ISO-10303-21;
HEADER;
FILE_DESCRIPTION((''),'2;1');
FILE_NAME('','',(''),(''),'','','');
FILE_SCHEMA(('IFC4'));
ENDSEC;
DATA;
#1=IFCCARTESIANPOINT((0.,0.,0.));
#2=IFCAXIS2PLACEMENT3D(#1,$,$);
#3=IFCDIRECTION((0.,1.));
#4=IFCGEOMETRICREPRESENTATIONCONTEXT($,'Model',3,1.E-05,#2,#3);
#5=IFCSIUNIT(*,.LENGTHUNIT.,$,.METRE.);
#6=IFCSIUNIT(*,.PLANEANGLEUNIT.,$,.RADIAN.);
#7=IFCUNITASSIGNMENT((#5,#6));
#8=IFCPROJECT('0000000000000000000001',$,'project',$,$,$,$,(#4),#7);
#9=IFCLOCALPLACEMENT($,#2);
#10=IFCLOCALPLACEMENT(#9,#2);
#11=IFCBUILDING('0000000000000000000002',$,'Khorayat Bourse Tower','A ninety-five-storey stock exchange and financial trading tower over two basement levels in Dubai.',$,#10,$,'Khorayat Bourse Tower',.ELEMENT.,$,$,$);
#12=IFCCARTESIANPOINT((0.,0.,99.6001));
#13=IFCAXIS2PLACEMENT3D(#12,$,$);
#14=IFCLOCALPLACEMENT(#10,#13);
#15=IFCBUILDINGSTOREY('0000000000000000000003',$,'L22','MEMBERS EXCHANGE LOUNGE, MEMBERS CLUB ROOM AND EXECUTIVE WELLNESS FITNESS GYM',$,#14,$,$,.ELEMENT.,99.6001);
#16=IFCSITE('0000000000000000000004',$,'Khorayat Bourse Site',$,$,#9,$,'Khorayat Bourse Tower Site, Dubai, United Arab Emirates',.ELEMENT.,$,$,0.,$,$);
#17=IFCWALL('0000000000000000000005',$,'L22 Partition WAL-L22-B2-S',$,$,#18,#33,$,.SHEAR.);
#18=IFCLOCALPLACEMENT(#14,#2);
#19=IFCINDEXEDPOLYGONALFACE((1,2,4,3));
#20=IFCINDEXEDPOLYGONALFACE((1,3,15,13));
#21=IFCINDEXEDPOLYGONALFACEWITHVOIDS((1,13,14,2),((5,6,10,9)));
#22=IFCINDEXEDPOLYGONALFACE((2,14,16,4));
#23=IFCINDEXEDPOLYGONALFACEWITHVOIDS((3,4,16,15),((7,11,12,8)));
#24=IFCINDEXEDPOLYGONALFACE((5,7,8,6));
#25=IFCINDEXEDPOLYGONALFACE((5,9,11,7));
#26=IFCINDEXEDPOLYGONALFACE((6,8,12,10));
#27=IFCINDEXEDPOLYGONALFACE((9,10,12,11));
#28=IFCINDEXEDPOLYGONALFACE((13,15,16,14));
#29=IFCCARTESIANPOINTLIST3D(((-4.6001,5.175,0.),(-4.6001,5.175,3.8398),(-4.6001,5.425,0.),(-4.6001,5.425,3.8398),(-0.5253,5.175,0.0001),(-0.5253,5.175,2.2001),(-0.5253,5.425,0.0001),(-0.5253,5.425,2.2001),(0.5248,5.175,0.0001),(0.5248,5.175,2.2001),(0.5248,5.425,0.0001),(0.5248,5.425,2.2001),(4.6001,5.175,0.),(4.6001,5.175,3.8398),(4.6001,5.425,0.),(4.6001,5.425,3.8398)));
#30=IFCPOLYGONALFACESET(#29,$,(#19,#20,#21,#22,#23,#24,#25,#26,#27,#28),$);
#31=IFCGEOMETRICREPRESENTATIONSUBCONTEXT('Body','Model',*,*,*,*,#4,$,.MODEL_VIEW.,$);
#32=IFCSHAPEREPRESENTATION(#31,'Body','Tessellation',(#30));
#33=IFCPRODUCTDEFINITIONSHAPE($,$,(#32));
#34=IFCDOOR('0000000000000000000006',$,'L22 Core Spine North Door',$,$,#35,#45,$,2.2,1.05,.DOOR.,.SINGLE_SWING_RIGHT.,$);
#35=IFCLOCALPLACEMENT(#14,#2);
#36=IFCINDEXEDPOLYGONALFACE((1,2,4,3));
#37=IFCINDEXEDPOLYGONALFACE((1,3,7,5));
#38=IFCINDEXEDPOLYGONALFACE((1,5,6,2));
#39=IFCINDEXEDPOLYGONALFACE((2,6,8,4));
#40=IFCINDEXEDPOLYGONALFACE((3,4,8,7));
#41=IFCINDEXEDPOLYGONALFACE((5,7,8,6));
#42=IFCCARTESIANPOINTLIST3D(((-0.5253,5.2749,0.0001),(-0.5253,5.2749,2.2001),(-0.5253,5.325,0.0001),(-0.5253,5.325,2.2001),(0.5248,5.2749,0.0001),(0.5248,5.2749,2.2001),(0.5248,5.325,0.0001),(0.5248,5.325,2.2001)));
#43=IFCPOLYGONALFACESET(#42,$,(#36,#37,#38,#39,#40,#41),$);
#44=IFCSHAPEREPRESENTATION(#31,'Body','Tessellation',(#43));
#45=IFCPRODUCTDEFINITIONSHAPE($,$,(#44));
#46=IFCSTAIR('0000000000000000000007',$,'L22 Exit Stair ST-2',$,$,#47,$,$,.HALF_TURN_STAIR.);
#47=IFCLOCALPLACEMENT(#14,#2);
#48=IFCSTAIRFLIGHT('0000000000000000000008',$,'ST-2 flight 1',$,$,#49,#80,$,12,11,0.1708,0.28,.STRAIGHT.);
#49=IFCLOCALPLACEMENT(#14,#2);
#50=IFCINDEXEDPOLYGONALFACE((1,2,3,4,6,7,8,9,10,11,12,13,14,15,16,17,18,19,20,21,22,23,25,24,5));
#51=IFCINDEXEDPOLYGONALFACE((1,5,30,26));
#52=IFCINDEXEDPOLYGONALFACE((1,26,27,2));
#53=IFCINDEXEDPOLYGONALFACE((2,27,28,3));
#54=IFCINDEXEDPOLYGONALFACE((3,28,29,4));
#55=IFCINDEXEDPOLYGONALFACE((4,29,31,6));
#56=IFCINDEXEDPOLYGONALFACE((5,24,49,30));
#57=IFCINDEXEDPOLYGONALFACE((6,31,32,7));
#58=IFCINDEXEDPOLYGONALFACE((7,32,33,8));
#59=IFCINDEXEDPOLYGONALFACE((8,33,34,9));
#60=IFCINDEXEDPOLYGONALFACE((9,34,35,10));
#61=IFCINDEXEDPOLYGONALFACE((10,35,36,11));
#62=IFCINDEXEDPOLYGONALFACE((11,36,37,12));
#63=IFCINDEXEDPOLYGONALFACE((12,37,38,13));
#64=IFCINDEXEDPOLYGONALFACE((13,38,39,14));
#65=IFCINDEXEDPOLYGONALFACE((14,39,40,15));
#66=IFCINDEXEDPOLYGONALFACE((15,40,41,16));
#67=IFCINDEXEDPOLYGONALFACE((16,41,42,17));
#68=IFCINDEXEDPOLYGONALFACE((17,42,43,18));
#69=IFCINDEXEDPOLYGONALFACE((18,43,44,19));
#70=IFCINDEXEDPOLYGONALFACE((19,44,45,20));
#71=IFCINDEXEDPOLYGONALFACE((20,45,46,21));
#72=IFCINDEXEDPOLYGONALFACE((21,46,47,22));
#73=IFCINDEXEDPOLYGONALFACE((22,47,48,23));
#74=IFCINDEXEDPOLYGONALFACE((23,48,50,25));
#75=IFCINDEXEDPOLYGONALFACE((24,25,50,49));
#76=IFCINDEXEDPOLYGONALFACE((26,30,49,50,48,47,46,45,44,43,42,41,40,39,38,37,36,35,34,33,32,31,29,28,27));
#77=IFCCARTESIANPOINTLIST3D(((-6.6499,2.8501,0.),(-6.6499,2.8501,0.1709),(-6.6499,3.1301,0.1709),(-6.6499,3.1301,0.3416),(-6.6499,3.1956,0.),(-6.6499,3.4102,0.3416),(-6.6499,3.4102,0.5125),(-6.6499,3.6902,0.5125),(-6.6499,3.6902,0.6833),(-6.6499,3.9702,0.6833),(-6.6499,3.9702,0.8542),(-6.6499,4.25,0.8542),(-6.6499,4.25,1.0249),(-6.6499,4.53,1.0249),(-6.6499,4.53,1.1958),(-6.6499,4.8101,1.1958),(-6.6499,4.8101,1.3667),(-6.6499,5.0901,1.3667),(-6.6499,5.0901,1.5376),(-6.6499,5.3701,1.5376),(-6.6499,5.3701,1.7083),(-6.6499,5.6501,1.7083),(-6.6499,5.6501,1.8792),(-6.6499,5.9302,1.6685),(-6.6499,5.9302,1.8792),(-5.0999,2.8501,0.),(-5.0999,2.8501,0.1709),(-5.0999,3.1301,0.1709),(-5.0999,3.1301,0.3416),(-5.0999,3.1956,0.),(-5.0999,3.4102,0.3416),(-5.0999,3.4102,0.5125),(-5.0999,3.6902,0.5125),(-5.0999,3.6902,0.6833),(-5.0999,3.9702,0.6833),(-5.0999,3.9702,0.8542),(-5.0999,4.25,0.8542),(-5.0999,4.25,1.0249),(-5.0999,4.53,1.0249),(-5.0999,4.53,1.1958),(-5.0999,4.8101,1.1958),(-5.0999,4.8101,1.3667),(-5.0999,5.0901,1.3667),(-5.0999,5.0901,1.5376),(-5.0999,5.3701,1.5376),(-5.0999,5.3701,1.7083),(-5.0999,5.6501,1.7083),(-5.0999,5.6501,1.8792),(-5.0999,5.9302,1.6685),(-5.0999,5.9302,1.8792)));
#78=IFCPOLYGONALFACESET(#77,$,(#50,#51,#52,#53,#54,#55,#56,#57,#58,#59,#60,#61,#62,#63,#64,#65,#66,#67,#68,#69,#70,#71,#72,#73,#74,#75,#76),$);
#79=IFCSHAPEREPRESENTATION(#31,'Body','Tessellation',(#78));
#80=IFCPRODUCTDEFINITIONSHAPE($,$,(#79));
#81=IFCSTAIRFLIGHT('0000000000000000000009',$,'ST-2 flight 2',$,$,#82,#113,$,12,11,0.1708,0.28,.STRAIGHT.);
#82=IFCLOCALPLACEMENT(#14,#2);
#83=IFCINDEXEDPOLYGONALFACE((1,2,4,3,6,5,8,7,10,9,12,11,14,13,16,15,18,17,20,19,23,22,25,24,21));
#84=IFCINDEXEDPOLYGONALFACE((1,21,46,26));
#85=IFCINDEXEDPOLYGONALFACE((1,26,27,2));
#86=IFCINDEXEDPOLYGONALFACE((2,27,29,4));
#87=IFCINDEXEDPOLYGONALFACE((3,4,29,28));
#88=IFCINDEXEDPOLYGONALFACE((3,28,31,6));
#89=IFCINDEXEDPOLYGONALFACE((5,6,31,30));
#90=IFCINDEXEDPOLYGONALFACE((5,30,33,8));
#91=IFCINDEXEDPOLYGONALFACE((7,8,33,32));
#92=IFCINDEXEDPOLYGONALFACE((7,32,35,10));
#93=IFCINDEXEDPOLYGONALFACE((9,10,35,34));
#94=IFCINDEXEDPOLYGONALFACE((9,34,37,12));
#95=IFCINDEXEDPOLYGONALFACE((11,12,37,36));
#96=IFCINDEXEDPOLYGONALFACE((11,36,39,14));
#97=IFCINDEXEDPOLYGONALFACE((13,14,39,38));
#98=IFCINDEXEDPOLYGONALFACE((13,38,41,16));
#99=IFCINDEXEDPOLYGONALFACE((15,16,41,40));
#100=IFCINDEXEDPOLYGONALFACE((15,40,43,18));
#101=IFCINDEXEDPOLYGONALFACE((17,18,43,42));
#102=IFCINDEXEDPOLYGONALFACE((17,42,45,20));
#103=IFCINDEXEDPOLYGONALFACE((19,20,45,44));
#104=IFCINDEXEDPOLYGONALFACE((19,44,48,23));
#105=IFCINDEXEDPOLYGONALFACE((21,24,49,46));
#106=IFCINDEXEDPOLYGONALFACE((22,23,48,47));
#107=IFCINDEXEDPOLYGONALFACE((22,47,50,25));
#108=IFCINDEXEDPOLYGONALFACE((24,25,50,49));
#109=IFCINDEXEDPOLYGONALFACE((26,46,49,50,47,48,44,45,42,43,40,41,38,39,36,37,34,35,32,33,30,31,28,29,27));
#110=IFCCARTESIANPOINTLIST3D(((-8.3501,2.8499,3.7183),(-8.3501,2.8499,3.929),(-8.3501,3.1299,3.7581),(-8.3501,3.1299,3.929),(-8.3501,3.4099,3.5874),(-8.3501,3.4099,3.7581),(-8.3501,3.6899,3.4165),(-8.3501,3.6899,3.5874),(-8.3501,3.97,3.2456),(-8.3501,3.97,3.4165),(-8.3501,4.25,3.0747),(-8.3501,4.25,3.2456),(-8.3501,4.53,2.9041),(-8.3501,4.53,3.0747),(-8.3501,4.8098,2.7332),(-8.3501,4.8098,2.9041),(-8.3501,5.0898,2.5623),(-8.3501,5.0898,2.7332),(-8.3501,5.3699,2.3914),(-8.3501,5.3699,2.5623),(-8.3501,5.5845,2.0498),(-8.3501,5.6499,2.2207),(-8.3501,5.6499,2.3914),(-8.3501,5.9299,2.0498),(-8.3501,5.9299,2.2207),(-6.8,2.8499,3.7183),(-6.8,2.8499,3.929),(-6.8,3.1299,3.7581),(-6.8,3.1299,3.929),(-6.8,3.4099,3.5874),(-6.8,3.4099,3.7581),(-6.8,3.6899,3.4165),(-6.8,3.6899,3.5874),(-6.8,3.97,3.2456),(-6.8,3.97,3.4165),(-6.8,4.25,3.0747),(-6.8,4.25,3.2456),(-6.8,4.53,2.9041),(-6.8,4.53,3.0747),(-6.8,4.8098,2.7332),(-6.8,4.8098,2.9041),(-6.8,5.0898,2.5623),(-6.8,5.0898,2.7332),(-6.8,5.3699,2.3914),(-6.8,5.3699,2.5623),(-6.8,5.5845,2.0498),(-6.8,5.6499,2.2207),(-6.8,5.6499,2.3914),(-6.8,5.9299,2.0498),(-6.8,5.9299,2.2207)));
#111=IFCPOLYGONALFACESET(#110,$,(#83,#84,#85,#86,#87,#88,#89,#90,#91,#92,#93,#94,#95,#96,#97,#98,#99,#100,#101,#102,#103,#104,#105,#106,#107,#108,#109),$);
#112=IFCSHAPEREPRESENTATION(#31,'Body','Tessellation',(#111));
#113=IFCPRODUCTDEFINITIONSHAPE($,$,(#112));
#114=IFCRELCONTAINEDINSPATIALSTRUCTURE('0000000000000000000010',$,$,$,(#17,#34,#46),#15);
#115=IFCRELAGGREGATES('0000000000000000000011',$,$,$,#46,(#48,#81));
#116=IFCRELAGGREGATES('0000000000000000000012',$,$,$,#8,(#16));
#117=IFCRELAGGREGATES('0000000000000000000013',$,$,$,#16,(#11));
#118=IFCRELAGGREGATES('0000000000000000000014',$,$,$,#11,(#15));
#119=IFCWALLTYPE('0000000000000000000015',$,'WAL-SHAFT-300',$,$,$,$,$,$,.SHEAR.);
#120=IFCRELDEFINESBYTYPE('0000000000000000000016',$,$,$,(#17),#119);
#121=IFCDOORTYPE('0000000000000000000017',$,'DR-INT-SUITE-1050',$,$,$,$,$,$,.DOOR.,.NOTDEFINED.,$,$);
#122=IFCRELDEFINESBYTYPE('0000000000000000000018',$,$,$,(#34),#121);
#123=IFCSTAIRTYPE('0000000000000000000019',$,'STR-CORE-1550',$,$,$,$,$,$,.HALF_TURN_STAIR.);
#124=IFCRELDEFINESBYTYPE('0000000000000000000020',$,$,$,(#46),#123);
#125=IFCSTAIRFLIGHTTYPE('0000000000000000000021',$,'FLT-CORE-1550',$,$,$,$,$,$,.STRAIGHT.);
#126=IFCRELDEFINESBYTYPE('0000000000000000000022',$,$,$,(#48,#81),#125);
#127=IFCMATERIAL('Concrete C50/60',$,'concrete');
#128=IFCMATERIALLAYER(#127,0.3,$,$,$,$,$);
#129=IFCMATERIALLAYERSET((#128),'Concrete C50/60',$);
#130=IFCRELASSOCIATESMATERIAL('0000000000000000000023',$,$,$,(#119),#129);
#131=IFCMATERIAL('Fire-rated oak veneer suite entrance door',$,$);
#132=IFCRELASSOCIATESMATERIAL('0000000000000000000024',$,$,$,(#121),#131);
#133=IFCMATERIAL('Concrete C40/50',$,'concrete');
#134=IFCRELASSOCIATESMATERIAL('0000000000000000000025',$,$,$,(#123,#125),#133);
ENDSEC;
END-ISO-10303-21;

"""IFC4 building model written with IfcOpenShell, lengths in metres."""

from ifc_helpers import new_model, si_unit, direction, frame, frame_2d, origin, place, context, subcontext, project, spatial, polyline, rectangle, outline, extrude, source, transform, mapped, material, layer, layer_set, type_object, element, fill, aggregate, save


model = new_model("IFC4")

# Units and contexts
model_context = context("Model", 3, precision=1e-05, world=origin(), true_north=direction((0.0, 1.0)))
body_context = subcontext(model_context, "Body", "Model", "MODEL_VIEW")
ifc_project = project(units=[si_unit("LENGTHUNIT", "METRE"), si_unit("PLANEANGLEUNIT", "RADIAN")], contexts=[model_context])

# Site, building, storey
site_placement = place(None, origin())
site = spatial("IfcSite", under=ifc_project, at=site_placement, Name="Khorayat Bourse Site", LongName="Khorayat Bourse Tower Site, Dubai, United Arab Emirates", CompositionType="ELEMENT", RefElevation=0.0)
building_placement = place(site_placement, origin())
building = spatial("IfcBuilding", under=site, at=building_placement, Name="Khorayat Bourse Tower", Description="A ninety-five-storey stock exchange and financial trading tower over two basement levels in Dubai.", LongName="Khorayat Bourse Tower", CompositionType="ELEMENT")
storey_placement = place(building_placement, frame((0.0, 0.0, 99.6001)))
storey = spatial("IfcBuildingStorey", under=building, at=storey_placement, Name="L22", Description="MEMBERS EXCHANGE LOUNGE, MEMBERS CLUB ROOM AND EXECUTIVE WELLNESS FITNESS GYM", CompositionType="ELEMENT", Elevation=99.6001)

# Shared definitions
ifc_material_1 = material(Name="Concrete C50/60", Category="concrete")
ifc_layer_1 = layer(ifc_material_1, 0.3)
ifc_layer_set_1 = layer_set([ifc_layer_1], Name="Concrete C50/60")
wall_type_1 = type_object("IfcWallType", Name="WAL-SHAFT-300", PredefinedType="SHEAR", material=ifc_layer_set_1)

# Wall, opening, door
shared_shape_1 = source(origin(), body_context, "Body", "SweptSolid", [
    extrude(rectangle(XDim=9.2002, YDim=0.25, at=frame_2d((4.6001, 0.0))), origin(), (0.0, 0.0, 1.0), 3.8398),
])
wall_1_placement = place(storey_placement, frame((-4.6001, 5.3, 0.0), z_axis=(0.0, 0.0, 1.0), x_axis=(1.0, 0.0, 0.0)))
wall_1 = element("IfcWall", 1, at=wall_1_placement, inside=storey, type_object=wall_type_1, Name="L22 Partition WAL-L22-B2-S", PredefinedType="SHEAR", context=body_context, shape_type="MappedRepresentation", body=[
    mapped(shared_shape_1, transform((0.0, 0.0, 0.0), scale=1.0)),
])
shared_shape_2 = source(origin(), body_context, "Body", "SweptSolid", [
    extrude(rectangle(XDim=1.05, YDim=2.2, at=frame_2d((0.5249, 1.1001))), frame((0.0, 0.135, 0.0), z_axis=(0.0, -1.0, 0.0), x_axis=(1.0, 0.0, 0.0)), (0.0, 0.0, 1.0), 0.27),
])
opening_placement = place(wall_1_placement, frame((4.075, 0.0, 0.0)))
opening = element("IfcOpeningElement", 2, at=opening_placement, cuts=wall_1, PredefinedType="OPENING", context=body_context, shape_type="MappedRepresentation", body=[
    mapped(shared_shape_2, transform((0.0, 0.0, 0.0), scale=1.0)),
])
ifc_material_2 = material(Name="Fire-rated oak veneer suite entrance door")
door_type = type_object("IfcDoorType", Name="DR-INT-SUITE-1050", OperationType="NOTDEFINED", PredefinedType="DOOR", material=ifc_material_2)
shared_shape_3 = source(origin(), body_context, "Body", "SweptSolid", [
    extrude(rectangle(XDim=1.05, YDim=2.2, at=frame_2d((0.5249, 1.1001))), frame((0.0, 0.0249, 0.0), z_axis=(0.0, -1.0, 0.0), x_axis=(1.0, 0.0, 0.0)), (0.0, 0.0, 1.0), 0.05),
])
door_placement = place(opening_placement, origin())
door = element("IfcDoor", 3, at=door_placement, inside=storey, type_object=door_type, Name="L22 Core Spine North Door", OperationType="SINGLE_SWING_RIGHT", OverallHeight=2.2, OverallWidth=1.05, PredefinedType="DOOR", context=body_context, shape_type="MappedRepresentation", body=[
    mapped(shared_shape_3, transform((0.0, 0.0, 0.0), scale=1.0)),
])
fill(opening, door)

# Stair, stair flights
ifc_material_3 = material(Name="Concrete C40/50", Category="concrete")
stair_type = type_object("IfcStairType", Name="STR-CORE-1550", PredefinedType="HALF_TURN_STAIR", material=ifc_material_3)
stair_placement = place(storey_placement, origin())
stair = element("IfcStair", 4, at=stair_placement, inside=storey, type_object=stair_type, Name="L22 Exit Stair ST-2", PredefinedType="HALF_TURN_STAIR")
stair_flight_type = type_object("IfcStairFlightType", Name="FLT-CORE-1550", PredefinedType="STRAIGHT", material=ifc_material_3)
shared_shape_4 = source(origin(), body_context, "Body", "SweptSolid", [
    extrude(outline(polyline([(0.0, 0.0), (0.0, 0.1709), (0.28, 0.1709), (0.28, 0.3416), (0.5601, 0.3416), (0.5601, 0.5125), (0.8401, 0.5125), (0.8401, 0.6833), (1.1201, 0.6833), (1.1201, 0.8542), (1.3999, 0.8542), (1.3999, 1.0249), (1.6799, 1.0249), (1.6799, 1.1958), (1.96, 1.1958), (1.96, 1.3667), (2.24, 1.3667), (2.24, 1.5376), (2.52, 1.5376), (2.52, 1.7083), (2.8, 1.7083), (2.8, 1.8792), (3.0801, 1.8792), (3.0801, 2.05), (3.0801, 1.6685), (0.3455, 0.0), (0.0, 0.0)])), frame((0.0, 0.7749, 0.0), z_axis=(0.0, -1.0, 0.0), x_axis=(1.0, 0.0, 0.0)), (0.0, 0.0, 1.0), 1.55),
])
stair_flight_1_placement = place(storey_placement, frame((-5.875, 2.8501, 0.0), z_axis=(0.0, 0.0, 1.0), x_axis=(0.0, 1.0, 0.0)))
stair_flight_1 = element("IfcStairFlight", 5, at=stair_flight_1_placement, type_object=stair_flight_type, Name="ST-2 flight 1", NumberOfRisers=12, NumberOfTreads=11, PredefinedType="STRAIGHT", RiserHeight=0.1708, TreadLength=0.28, context=body_context, shape_type="MappedRepresentation", body=[
    mapped(shared_shape_4, transform((0.0, 0.0, 0.0), scale=1.0)),
])
stair_flight_2_placement = place(storey_placement, frame((-7.575, 5.9299, 2.0498), z_axis=(0.0, 0.0, 1.0), x_axis=(0.0, -1.0, 0.0)))
stair_flight_2 = element("IfcStairFlight", 6, at=stair_flight_2_placement, type_object=stair_flight_type, Name="ST-2 flight 2", NumberOfRisers=12, NumberOfTreads=11, PredefinedType="STRAIGHT", RiserHeight=0.1708, TreadLength=0.28, context=body_context, shape_type="MappedRepresentation", body=[
    mapped(shared_shape_4, transform((0.0, 0.0, 0.0), scale=1.0)),
])
aggregate(stair, [stair_flight_1, stair_flight_2])

save(model, "model.ifc")
